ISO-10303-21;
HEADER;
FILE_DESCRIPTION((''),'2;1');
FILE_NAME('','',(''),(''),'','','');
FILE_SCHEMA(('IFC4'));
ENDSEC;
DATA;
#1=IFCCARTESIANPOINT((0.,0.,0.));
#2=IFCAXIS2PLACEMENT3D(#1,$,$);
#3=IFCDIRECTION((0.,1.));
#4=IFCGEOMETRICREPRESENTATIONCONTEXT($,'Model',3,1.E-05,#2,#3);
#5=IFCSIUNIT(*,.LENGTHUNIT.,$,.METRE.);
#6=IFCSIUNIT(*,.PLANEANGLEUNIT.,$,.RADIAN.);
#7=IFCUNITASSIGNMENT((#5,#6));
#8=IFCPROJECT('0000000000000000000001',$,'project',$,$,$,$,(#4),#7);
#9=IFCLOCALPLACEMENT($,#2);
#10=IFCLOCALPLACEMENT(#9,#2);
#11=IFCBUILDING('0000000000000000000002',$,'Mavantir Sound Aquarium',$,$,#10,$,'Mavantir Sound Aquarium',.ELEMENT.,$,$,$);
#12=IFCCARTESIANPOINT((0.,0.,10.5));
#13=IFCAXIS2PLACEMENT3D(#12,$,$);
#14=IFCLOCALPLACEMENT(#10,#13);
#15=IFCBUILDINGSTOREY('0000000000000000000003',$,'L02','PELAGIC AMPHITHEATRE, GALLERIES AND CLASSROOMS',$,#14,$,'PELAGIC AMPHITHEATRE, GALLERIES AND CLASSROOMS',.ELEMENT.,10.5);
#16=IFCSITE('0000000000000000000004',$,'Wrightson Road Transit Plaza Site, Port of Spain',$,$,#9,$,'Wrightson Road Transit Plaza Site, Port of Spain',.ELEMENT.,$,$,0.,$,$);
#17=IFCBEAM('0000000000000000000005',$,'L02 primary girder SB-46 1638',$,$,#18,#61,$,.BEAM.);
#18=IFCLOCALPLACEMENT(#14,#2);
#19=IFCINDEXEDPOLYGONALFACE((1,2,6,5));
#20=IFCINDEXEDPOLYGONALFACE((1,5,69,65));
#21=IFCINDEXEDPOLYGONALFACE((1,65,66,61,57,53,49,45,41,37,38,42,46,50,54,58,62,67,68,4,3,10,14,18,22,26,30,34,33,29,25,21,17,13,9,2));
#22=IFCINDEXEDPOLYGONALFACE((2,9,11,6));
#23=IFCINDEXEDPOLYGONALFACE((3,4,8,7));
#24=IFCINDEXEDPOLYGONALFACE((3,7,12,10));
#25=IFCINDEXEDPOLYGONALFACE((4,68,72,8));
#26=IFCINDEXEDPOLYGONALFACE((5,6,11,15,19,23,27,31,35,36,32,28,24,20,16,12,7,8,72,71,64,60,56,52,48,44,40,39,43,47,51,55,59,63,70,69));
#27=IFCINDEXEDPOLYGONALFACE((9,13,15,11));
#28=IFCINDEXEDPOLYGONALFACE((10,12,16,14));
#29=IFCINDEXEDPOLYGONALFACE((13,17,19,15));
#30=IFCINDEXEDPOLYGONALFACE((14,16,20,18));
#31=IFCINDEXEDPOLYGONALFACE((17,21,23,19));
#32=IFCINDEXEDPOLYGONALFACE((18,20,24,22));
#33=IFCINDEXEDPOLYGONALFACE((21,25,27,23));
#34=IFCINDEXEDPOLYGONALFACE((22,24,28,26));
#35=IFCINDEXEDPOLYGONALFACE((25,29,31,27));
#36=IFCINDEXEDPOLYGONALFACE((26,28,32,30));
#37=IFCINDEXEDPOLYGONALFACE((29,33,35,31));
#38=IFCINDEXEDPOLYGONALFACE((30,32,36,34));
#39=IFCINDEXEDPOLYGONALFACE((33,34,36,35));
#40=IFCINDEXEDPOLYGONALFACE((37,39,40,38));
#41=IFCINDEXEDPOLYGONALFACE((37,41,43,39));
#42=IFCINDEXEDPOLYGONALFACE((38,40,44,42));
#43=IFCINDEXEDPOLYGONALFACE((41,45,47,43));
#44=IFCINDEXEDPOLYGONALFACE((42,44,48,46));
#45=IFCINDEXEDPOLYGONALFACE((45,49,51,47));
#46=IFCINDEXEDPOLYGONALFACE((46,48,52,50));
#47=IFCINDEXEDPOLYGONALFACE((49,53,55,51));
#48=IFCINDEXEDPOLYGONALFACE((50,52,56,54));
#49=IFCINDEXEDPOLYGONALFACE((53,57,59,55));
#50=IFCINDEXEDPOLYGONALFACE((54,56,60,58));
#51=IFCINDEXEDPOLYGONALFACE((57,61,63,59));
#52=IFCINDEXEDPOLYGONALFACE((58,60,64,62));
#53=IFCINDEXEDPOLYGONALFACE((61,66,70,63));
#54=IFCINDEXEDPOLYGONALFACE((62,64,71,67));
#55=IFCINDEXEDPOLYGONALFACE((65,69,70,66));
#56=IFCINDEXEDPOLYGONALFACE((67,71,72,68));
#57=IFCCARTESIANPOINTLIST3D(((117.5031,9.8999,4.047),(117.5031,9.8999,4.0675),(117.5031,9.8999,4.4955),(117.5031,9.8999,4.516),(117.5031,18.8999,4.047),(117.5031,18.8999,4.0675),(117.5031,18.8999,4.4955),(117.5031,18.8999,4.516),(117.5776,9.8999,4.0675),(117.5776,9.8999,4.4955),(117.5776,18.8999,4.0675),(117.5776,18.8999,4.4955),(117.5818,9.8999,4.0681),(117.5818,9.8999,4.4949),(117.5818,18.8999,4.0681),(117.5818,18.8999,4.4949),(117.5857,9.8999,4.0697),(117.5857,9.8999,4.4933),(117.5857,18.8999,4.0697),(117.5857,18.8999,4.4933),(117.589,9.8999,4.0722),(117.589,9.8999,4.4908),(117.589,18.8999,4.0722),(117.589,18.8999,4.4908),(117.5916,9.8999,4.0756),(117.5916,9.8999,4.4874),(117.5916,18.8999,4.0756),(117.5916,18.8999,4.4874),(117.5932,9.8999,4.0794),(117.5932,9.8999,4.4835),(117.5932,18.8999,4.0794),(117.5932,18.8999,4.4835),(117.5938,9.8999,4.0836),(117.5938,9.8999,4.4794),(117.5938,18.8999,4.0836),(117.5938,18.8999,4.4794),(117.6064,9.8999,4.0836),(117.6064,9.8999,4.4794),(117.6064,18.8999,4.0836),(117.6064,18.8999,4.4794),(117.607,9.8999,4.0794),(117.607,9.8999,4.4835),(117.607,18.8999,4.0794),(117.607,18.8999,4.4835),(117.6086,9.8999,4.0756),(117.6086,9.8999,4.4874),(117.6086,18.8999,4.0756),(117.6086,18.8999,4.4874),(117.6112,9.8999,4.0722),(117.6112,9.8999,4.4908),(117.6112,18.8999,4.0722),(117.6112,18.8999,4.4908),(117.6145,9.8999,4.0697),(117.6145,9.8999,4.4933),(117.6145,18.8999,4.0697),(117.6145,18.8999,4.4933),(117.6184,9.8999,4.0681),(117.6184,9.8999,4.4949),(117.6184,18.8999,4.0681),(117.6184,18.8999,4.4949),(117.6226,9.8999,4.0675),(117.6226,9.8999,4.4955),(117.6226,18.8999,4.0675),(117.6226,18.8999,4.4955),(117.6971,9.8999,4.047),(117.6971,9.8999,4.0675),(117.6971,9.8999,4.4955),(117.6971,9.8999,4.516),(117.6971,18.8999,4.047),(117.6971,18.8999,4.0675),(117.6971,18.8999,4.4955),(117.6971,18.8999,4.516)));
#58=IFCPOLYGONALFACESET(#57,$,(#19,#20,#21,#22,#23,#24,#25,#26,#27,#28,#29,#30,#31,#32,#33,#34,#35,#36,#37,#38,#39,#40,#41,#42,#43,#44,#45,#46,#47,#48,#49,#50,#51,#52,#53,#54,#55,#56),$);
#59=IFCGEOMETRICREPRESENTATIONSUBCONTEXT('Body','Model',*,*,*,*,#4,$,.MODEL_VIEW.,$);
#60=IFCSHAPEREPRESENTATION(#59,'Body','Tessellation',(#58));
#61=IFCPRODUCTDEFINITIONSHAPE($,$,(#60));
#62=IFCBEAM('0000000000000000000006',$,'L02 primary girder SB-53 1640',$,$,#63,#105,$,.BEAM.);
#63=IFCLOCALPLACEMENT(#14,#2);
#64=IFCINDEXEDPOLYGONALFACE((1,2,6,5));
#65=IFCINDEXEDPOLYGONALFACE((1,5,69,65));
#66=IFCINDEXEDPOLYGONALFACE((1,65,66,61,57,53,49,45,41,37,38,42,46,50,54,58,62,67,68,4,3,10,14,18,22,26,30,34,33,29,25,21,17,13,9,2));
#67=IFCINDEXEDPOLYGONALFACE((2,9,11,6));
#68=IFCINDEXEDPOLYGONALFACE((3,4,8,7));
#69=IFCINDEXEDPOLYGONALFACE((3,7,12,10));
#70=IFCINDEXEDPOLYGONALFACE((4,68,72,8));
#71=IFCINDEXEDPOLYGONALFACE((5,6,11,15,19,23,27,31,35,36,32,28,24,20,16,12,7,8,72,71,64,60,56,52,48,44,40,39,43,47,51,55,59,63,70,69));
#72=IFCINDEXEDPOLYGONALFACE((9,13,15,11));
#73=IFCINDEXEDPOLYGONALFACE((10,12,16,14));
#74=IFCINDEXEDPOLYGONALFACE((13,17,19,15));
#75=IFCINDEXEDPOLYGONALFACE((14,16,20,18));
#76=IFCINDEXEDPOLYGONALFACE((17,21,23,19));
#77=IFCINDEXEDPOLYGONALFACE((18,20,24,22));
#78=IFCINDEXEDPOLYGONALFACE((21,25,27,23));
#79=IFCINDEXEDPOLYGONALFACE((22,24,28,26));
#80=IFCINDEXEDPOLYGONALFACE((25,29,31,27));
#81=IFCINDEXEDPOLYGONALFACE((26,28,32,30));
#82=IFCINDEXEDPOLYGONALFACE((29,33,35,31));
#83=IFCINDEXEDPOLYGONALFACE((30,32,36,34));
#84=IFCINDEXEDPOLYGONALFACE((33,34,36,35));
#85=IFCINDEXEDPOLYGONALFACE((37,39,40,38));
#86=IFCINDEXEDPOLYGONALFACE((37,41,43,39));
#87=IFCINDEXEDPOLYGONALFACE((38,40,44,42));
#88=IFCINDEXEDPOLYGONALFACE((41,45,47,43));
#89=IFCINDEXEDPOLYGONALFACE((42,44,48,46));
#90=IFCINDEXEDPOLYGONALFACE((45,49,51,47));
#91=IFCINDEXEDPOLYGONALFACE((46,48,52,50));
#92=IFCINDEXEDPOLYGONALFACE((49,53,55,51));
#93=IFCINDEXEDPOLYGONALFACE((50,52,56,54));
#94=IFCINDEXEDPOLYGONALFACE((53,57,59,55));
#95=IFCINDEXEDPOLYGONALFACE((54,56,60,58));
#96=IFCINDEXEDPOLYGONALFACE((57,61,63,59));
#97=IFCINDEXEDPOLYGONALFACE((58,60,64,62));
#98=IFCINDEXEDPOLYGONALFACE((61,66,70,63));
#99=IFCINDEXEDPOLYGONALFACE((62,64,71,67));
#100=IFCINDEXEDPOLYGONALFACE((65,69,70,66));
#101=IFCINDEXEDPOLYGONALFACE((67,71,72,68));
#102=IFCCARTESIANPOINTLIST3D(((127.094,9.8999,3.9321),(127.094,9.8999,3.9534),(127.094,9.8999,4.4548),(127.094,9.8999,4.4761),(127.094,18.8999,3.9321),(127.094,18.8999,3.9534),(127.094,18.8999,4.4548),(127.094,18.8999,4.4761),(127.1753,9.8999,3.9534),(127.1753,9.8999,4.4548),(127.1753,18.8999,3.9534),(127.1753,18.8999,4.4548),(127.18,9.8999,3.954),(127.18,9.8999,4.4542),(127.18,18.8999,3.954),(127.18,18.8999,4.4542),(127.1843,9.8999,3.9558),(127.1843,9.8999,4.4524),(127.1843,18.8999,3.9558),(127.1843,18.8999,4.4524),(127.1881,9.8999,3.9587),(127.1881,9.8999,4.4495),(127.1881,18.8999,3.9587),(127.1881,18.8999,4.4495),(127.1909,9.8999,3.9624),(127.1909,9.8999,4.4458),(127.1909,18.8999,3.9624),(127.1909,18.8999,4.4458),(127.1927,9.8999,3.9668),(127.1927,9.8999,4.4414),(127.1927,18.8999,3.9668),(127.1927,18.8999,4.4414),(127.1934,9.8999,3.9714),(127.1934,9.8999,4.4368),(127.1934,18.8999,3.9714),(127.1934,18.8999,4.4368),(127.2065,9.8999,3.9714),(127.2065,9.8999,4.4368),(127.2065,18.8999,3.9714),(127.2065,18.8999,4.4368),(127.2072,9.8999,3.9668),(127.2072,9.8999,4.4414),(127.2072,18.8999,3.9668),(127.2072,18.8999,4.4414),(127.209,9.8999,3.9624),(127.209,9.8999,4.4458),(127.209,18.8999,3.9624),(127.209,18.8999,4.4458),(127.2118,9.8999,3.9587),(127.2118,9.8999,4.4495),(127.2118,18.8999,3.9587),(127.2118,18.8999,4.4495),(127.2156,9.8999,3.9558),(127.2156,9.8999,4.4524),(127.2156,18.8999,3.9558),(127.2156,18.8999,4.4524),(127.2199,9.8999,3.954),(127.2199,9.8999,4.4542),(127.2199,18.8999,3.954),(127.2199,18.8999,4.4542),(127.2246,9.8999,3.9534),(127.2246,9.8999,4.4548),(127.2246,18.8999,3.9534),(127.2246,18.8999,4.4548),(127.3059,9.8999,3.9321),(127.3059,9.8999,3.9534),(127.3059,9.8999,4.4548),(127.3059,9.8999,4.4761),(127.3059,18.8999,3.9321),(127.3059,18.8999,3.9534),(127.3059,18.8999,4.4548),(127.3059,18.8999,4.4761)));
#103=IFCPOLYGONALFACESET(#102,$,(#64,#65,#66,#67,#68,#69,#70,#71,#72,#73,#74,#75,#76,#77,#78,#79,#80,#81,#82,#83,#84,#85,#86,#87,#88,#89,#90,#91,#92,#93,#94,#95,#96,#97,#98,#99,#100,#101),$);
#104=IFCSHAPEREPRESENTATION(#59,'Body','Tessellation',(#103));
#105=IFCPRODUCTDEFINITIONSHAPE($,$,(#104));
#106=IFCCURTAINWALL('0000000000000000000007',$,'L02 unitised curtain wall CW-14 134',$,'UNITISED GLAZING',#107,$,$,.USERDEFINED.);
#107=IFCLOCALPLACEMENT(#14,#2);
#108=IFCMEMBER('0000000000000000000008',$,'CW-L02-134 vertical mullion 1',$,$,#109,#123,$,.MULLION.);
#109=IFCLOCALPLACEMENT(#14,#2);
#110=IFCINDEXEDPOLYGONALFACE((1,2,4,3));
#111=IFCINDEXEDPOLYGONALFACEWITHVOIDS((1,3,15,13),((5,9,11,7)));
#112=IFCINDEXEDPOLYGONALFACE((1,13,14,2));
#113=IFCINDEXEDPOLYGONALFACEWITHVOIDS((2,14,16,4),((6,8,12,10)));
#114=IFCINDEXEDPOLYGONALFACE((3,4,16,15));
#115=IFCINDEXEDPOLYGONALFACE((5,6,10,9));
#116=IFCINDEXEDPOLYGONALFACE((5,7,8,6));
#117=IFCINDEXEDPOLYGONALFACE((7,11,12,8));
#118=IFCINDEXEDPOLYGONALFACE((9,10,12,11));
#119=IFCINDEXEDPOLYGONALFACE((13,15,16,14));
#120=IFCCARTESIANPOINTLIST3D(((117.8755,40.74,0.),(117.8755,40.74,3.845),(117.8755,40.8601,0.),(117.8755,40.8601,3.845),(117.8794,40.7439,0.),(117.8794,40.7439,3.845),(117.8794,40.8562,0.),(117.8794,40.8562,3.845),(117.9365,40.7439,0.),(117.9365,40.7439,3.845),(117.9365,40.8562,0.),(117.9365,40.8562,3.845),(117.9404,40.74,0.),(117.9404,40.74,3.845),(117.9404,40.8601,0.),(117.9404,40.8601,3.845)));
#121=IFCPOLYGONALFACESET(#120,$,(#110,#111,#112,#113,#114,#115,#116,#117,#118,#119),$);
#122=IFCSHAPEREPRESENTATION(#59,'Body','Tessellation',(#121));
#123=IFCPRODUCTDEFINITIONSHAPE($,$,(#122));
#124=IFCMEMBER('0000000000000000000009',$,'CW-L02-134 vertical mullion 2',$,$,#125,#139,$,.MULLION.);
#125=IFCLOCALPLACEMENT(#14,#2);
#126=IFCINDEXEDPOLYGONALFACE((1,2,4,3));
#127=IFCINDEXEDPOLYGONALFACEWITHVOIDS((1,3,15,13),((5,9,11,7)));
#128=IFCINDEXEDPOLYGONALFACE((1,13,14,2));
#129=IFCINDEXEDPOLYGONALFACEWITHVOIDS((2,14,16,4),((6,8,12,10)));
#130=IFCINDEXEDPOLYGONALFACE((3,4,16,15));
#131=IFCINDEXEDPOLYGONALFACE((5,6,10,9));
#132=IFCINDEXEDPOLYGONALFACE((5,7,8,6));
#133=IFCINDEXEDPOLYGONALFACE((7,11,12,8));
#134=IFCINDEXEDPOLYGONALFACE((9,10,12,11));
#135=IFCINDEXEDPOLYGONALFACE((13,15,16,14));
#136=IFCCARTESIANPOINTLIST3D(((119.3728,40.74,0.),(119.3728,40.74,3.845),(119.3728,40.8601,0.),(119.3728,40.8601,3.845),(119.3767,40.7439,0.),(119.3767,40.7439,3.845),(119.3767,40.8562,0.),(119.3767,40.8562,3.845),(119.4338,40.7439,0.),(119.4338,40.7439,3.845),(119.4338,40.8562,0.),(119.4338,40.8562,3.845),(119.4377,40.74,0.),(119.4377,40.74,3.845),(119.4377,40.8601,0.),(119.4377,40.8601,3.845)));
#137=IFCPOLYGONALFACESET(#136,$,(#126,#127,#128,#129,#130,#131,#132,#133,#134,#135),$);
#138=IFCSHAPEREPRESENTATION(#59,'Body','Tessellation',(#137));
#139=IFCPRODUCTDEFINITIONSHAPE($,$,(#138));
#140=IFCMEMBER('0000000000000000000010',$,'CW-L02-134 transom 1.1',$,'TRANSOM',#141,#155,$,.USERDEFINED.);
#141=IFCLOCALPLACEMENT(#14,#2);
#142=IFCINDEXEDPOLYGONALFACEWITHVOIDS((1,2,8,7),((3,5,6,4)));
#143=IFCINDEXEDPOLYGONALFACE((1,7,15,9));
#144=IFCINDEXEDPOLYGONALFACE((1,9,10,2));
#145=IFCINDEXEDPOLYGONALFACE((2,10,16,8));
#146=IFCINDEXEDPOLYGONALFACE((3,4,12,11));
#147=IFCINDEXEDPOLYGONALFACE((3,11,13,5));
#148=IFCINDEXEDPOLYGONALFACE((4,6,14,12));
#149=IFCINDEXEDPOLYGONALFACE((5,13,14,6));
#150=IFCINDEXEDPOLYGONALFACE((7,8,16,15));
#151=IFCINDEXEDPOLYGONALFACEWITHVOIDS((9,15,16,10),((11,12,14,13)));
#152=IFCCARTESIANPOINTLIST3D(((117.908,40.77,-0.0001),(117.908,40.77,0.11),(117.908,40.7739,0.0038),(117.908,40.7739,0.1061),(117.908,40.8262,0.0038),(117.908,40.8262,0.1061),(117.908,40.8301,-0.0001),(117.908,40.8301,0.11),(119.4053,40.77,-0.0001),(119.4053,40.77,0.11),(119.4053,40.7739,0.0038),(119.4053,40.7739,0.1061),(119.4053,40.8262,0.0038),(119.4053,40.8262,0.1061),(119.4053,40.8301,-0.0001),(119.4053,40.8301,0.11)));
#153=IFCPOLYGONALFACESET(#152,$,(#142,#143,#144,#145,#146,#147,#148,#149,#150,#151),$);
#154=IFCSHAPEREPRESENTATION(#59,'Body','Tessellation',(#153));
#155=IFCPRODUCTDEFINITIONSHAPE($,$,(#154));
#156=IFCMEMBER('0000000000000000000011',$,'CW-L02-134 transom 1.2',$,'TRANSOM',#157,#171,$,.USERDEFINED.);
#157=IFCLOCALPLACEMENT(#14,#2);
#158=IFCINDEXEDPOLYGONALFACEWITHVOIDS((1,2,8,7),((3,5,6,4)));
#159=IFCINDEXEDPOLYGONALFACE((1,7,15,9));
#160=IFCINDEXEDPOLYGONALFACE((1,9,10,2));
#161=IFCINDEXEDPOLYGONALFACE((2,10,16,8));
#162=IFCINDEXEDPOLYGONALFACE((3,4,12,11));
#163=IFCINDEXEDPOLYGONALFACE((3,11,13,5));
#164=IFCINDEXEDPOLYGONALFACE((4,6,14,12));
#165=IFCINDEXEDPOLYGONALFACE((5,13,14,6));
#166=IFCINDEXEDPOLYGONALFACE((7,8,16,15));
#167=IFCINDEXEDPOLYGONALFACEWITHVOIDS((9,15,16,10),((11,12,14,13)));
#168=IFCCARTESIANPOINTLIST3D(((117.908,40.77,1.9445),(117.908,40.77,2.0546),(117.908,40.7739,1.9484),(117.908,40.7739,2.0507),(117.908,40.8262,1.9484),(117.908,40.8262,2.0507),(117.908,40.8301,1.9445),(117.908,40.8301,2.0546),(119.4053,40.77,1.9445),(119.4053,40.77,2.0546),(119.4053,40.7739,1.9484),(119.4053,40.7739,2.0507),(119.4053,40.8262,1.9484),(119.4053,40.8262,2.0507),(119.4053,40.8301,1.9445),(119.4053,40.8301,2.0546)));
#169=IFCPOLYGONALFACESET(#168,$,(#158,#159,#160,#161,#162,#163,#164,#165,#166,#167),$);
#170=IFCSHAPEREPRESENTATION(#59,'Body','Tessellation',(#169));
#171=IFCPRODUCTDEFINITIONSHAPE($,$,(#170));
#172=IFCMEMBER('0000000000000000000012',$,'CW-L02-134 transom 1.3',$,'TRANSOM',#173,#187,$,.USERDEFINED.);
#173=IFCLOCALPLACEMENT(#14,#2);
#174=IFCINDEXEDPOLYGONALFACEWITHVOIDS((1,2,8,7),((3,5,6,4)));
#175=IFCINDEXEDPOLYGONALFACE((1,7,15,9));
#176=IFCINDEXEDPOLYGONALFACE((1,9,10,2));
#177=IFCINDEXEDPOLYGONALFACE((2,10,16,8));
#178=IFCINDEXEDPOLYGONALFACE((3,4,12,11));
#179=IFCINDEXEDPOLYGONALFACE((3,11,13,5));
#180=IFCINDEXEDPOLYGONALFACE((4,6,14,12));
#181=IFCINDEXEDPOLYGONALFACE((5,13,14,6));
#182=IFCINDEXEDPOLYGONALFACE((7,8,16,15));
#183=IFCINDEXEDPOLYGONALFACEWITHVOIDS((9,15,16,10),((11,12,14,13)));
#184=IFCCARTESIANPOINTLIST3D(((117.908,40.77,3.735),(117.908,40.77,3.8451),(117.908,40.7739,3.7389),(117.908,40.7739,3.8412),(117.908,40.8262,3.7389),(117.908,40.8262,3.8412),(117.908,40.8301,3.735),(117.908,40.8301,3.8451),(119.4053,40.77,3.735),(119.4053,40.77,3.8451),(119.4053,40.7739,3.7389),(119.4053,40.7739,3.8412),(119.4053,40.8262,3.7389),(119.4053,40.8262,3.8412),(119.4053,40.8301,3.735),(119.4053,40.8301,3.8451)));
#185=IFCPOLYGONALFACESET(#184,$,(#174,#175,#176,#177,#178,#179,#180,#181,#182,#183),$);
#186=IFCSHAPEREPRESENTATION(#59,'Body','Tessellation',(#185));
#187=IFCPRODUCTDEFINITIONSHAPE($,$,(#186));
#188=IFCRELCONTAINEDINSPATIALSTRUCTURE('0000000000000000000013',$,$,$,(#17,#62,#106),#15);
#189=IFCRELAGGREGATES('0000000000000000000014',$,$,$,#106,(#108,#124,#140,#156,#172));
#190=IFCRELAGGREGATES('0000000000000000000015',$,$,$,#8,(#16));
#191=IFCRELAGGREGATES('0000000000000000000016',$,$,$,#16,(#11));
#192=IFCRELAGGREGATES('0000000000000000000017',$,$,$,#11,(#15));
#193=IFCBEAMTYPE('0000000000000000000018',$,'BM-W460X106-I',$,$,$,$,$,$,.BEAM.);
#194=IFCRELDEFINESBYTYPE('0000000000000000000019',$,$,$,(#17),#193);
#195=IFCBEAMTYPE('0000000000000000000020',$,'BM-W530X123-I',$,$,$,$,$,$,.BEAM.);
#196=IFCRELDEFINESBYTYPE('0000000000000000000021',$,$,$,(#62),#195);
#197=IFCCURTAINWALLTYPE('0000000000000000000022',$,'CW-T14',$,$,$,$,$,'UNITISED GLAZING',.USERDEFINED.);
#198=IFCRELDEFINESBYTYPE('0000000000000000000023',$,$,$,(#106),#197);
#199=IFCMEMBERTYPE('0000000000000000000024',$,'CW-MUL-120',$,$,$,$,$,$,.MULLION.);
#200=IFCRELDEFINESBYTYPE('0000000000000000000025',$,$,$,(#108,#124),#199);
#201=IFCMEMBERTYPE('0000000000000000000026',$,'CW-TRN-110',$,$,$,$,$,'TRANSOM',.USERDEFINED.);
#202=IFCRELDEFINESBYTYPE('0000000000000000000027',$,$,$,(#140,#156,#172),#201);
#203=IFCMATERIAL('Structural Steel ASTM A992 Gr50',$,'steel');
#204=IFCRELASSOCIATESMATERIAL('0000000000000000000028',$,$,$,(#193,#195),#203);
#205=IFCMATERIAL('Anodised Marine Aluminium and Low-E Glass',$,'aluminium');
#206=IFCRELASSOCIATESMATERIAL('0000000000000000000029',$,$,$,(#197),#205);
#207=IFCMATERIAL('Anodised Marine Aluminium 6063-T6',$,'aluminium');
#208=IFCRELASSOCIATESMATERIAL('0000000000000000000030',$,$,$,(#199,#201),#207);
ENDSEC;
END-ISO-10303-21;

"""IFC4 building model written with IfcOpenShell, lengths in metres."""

from ifc_helpers import new_model, si_unit, direction, frame, origin, origin_2d, place, context, subcontext, project, spatial, hollow_rectangle, i_section, extrude, material, material_profile, profile_set, type_object, element, aggregate, save


model = new_model("IFC4")

# Units and contexts
model_context = context("Model", 3, precision=1e-05, world=origin(), true_north=direction((0.0, 1.0)))
body_context = subcontext(model_context, "Body", "Model", "MODEL_VIEW")
ifc_project = project(units=[si_unit("LENGTHUNIT", "METRE"), si_unit("PLANEANGLEUNIT", "RADIAN")], contexts=[model_context])

# Site, building, storey
site_placement = place(None, origin())
site = spatial("IfcSite", under=ifc_project, at=site_placement, Name="Wrightson Road Transit Plaza Site, Port of Spain", LongName="Wrightson Road Transit Plaza Site, Port of Spain", CompositionType="ELEMENT", RefElevation=0.0)
building_placement = place(site_placement, origin())
building = spatial("IfcBuilding", under=site, at=building_placement, Name="Mavantir Sound Aquarium", LongName="Mavantir Sound Aquarium", CompositionType="ELEMENT")
storey_placement = place(building_placement, frame((0.0, 0.0, 10.5)))
storey = spatial("IfcBuildingStorey", under=building, at=storey_placement, Name="L02", Description="PELAGIC AMPHITHEATRE, GALLERIES AND CLASSROOMS", LongName="PELAGIC AMPHITHEATRE, GALLERIES AND CLASSROOMS", CompositionType="ELEMENT", Elevation=10.5)

# Beams
ifc_material_1 = material(Name="Structural Steel ASTM A992 Gr50", Category="steel")
ifc_material_profile_1 = material_profile(ifc_material_1, i_section(OverallWidth=0.1941, OverallDepth=0.469, WebThickness=0.0127, FlangeThickness=0.0205, FilletRadius=0.0161, at=origin_2d()), Name="W460X106")
ifc_profile_set_1 = profile_set([ifc_material_profile_1], Name="Structural Steel ASTM A992 Gr50")
beam_type_1 = type_object("IfcBeamType", Name="BM-W460X106-I", PredefinedType="BEAM", material=ifc_profile_set_1)
beam_1_placement = place(storey_placement, frame((117.6001, 9.8999, 4.2815), z_axis=(0.0, 1.0, 0.0), x_axis=(-1.0, 0.0, 0.0)))
element("IfcBeam", 1, at=beam_1_placement, inside=storey, type_object=beam_type_1, Name="L02 primary girder SB-46 1638", PredefinedType="BEAM", context=body_context, shape_type="SweptSolid", body=[
    extrude(i_section(OverallWidth=0.1941, OverallDepth=0.469, WebThickness=0.0127, FlangeThickness=0.0205, FilletRadius=0.0161, at=origin_2d()), origin(), (0.0, 0.0, 1.0), 9.0),
])
ifc_material_profile_2 = material_profile(ifc_material_1, i_section(OverallWidth=0.2119, OverallDepth=0.5439, WebThickness=0.0132, FlangeThickness=0.0212, FilletRadius=0.0181, at=origin_2d()), Name="W530X123")
ifc_profile_set_2 = profile_set([ifc_material_profile_2], Name="Structural Steel ASTM A992 Gr50")
beam_type_2 = type_object("IfcBeamType", Name="BM-W530X123-I", PredefinedType="BEAM", material=ifc_profile_set_2)
beam_2_placement = place(storey_placement, frame((127.2, 9.8999, 4.2041), z_axis=(0.0, 1.0, 0.0), x_axis=(-1.0, 0.0, 0.0)))
element("IfcBeam", 2, at=beam_2_placement, inside=storey, type_object=beam_type_2, Name="L02 primary girder SB-53 1640", PredefinedType="BEAM", context=body_context, shape_type="SweptSolid", body=[
    extrude(i_section(OverallWidth=0.2119, OverallDepth=0.5439, WebThickness=0.0132, FlangeThickness=0.0212, FilletRadius=0.0181, at=origin_2d()), origin(), (0.0, 0.0, 1.0), 9.0),
])

# Curtain wall, members
ifc_material_2 = material(Name="Anodised Marine Aluminium and Low-E Glass", Category="aluminium")
curtain_wall_type = type_object("IfcCurtainWallType", Name="CW-T14", ElementType="UNITISED GLAZING", PredefinedType="USERDEFINED", material=ifc_material_2)
curtain_wall_placement = place(storey_placement, origin())
curtain_wall = element("IfcCurtainWall", 3, at=curtain_wall_placement, inside=storey, type_object=curtain_wall_type, Name="L02 unitised curtain wall CW-14 134", ObjectType="UNITISED GLAZING", PredefinedType="USERDEFINED")
ifc_material_3 = material(Name="Anodised Marine Aluminium 6063-T6", Category="aluminium")
ifc_material_profile_3 = material_profile(ifc_material_3, hollow_rectangle(XDim=0.0649, YDim=0.1201, WallThickness=0.0039, at=origin_2d()), Name="ALU-MULLION-120X65")
ifc_profile_set_3 = profile_set([ifc_material_profile_3], Name="Anodised Marine Aluminium 6063-T6")
member_type_1 = type_object("IfcMemberType", Name="CW-MUL-120", PredefinedType="MULLION", material=ifc_profile_set_3)
member_1_placement = place(storey_placement, frame((117.908, 40.8, 0.0), z_axis=(0.0, 0.0, 1.0), x_axis=(1.0, 0.0, 0.0)))
member_1 = element("IfcMember", 4, at=member_1_placement, type_object=member_type_1, Name="CW-L02-134 vertical mullion 1", PredefinedType="MULLION", context=body_context, shape_type="SweptSolid", body=[
    extrude(hollow_rectangle(XDim=0.0649, YDim=0.1201, WallThickness=0.0039, at=origin_2d()), origin(), (0.0, 0.0, 1.0), 3.845),
])
member_2_placement = place(storey_placement, frame((119.4053, 40.8, 0.0), z_axis=(0.0, 0.0, 1.0), x_axis=(1.0, 0.0, 0.0)))
member_2 = element("IfcMember", 5, at=member_2_placement, type_object=member_type_1, Name="CW-L02-134 vertical mullion 2", PredefinedType="MULLION", context=body_context, shape_type="SweptSolid", body=[
    extrude(hollow_rectangle(XDim=0.0649, YDim=0.1201, WallThickness=0.0039, at=origin_2d()), origin(), (0.0, 0.0, 1.0), 3.845),
])
ifc_material_profile_4 = material_profile(ifc_material_3, hollow_rectangle(XDim=0.0601, YDim=0.1101, WallThickness=0.0039, at=origin_2d()), Name="ALU-TRANSOM-110X60")
ifc_profile_set_4 = profile_set([ifc_material_profile_4], Name="Anodised Marine Aluminium 6063-T6")
member_type_2 = type_object("IfcMemberType", Name="CW-TRN-110", ElementType="TRANSOM", PredefinedType="USERDEFINED", material=ifc_profile_set_4)
member_3_placement = place(storey_placement, frame((117.908, 40.8, 0.0549), z_axis=(1.0, 0.0, 0.0), x_axis=(0.0, 1.0, 0.0)))
member_3 = element("IfcMember", 6, at=member_3_placement, type_object=member_type_2, Name="CW-L02-134 transom 1.1", ObjectType="TRANSOM", PredefinedType="USERDEFINED", context=body_context, shape_type="SweptSolid", body=[
    extrude(hollow_rectangle(XDim=0.0601, YDim=0.1101, WallThickness=0.0039, at=origin_2d()), origin(), (0.0, 0.0, 1.0), 1.4973),
])
member_4_placement = place(storey_placement, frame((117.908, 40.8, 1.9995), z_axis=(1.0, 0.0, 0.0), x_axis=(0.0, 1.0, 0.0)))
member_4 = element("IfcMember", 7, at=member_4_placement, type_object=member_type_2, Name="CW-L02-134 transom 1.2", ObjectType="TRANSOM", PredefinedType="USERDEFINED", context=body_context, shape_type="SweptSolid", body=[
    extrude(hollow_rectangle(XDim=0.0601, YDim=0.1101, WallThickness=0.0039, at=origin_2d()), origin(), (0.0, 0.0, 1.0), 1.4973),
])
member_5_placement = place(storey_placement, frame((117.908, 40.8, 3.79), z_axis=(1.0, 0.0, 0.0), x_axis=(0.0, 1.0, 0.0)))
member_5 = element("IfcMember", 8, at=member_5_placement, type_object=member_type_2, Name="CW-L02-134 transom 1.3", ObjectType="TRANSOM", PredefinedType="USERDEFINED", context=body_context, shape_type="SweptSolid", body=[
    extrude(hollow_rectangle(XDim=0.0601, YDim=0.1101, WallThickness=0.0039, at=origin_2d()), origin(), (0.0, 0.0, 1.0), 1.4973),
])
aggregate(curtain_wall, [member_1, member_2, member_3, member_4, member_5])

save(model, "model.ifc")
